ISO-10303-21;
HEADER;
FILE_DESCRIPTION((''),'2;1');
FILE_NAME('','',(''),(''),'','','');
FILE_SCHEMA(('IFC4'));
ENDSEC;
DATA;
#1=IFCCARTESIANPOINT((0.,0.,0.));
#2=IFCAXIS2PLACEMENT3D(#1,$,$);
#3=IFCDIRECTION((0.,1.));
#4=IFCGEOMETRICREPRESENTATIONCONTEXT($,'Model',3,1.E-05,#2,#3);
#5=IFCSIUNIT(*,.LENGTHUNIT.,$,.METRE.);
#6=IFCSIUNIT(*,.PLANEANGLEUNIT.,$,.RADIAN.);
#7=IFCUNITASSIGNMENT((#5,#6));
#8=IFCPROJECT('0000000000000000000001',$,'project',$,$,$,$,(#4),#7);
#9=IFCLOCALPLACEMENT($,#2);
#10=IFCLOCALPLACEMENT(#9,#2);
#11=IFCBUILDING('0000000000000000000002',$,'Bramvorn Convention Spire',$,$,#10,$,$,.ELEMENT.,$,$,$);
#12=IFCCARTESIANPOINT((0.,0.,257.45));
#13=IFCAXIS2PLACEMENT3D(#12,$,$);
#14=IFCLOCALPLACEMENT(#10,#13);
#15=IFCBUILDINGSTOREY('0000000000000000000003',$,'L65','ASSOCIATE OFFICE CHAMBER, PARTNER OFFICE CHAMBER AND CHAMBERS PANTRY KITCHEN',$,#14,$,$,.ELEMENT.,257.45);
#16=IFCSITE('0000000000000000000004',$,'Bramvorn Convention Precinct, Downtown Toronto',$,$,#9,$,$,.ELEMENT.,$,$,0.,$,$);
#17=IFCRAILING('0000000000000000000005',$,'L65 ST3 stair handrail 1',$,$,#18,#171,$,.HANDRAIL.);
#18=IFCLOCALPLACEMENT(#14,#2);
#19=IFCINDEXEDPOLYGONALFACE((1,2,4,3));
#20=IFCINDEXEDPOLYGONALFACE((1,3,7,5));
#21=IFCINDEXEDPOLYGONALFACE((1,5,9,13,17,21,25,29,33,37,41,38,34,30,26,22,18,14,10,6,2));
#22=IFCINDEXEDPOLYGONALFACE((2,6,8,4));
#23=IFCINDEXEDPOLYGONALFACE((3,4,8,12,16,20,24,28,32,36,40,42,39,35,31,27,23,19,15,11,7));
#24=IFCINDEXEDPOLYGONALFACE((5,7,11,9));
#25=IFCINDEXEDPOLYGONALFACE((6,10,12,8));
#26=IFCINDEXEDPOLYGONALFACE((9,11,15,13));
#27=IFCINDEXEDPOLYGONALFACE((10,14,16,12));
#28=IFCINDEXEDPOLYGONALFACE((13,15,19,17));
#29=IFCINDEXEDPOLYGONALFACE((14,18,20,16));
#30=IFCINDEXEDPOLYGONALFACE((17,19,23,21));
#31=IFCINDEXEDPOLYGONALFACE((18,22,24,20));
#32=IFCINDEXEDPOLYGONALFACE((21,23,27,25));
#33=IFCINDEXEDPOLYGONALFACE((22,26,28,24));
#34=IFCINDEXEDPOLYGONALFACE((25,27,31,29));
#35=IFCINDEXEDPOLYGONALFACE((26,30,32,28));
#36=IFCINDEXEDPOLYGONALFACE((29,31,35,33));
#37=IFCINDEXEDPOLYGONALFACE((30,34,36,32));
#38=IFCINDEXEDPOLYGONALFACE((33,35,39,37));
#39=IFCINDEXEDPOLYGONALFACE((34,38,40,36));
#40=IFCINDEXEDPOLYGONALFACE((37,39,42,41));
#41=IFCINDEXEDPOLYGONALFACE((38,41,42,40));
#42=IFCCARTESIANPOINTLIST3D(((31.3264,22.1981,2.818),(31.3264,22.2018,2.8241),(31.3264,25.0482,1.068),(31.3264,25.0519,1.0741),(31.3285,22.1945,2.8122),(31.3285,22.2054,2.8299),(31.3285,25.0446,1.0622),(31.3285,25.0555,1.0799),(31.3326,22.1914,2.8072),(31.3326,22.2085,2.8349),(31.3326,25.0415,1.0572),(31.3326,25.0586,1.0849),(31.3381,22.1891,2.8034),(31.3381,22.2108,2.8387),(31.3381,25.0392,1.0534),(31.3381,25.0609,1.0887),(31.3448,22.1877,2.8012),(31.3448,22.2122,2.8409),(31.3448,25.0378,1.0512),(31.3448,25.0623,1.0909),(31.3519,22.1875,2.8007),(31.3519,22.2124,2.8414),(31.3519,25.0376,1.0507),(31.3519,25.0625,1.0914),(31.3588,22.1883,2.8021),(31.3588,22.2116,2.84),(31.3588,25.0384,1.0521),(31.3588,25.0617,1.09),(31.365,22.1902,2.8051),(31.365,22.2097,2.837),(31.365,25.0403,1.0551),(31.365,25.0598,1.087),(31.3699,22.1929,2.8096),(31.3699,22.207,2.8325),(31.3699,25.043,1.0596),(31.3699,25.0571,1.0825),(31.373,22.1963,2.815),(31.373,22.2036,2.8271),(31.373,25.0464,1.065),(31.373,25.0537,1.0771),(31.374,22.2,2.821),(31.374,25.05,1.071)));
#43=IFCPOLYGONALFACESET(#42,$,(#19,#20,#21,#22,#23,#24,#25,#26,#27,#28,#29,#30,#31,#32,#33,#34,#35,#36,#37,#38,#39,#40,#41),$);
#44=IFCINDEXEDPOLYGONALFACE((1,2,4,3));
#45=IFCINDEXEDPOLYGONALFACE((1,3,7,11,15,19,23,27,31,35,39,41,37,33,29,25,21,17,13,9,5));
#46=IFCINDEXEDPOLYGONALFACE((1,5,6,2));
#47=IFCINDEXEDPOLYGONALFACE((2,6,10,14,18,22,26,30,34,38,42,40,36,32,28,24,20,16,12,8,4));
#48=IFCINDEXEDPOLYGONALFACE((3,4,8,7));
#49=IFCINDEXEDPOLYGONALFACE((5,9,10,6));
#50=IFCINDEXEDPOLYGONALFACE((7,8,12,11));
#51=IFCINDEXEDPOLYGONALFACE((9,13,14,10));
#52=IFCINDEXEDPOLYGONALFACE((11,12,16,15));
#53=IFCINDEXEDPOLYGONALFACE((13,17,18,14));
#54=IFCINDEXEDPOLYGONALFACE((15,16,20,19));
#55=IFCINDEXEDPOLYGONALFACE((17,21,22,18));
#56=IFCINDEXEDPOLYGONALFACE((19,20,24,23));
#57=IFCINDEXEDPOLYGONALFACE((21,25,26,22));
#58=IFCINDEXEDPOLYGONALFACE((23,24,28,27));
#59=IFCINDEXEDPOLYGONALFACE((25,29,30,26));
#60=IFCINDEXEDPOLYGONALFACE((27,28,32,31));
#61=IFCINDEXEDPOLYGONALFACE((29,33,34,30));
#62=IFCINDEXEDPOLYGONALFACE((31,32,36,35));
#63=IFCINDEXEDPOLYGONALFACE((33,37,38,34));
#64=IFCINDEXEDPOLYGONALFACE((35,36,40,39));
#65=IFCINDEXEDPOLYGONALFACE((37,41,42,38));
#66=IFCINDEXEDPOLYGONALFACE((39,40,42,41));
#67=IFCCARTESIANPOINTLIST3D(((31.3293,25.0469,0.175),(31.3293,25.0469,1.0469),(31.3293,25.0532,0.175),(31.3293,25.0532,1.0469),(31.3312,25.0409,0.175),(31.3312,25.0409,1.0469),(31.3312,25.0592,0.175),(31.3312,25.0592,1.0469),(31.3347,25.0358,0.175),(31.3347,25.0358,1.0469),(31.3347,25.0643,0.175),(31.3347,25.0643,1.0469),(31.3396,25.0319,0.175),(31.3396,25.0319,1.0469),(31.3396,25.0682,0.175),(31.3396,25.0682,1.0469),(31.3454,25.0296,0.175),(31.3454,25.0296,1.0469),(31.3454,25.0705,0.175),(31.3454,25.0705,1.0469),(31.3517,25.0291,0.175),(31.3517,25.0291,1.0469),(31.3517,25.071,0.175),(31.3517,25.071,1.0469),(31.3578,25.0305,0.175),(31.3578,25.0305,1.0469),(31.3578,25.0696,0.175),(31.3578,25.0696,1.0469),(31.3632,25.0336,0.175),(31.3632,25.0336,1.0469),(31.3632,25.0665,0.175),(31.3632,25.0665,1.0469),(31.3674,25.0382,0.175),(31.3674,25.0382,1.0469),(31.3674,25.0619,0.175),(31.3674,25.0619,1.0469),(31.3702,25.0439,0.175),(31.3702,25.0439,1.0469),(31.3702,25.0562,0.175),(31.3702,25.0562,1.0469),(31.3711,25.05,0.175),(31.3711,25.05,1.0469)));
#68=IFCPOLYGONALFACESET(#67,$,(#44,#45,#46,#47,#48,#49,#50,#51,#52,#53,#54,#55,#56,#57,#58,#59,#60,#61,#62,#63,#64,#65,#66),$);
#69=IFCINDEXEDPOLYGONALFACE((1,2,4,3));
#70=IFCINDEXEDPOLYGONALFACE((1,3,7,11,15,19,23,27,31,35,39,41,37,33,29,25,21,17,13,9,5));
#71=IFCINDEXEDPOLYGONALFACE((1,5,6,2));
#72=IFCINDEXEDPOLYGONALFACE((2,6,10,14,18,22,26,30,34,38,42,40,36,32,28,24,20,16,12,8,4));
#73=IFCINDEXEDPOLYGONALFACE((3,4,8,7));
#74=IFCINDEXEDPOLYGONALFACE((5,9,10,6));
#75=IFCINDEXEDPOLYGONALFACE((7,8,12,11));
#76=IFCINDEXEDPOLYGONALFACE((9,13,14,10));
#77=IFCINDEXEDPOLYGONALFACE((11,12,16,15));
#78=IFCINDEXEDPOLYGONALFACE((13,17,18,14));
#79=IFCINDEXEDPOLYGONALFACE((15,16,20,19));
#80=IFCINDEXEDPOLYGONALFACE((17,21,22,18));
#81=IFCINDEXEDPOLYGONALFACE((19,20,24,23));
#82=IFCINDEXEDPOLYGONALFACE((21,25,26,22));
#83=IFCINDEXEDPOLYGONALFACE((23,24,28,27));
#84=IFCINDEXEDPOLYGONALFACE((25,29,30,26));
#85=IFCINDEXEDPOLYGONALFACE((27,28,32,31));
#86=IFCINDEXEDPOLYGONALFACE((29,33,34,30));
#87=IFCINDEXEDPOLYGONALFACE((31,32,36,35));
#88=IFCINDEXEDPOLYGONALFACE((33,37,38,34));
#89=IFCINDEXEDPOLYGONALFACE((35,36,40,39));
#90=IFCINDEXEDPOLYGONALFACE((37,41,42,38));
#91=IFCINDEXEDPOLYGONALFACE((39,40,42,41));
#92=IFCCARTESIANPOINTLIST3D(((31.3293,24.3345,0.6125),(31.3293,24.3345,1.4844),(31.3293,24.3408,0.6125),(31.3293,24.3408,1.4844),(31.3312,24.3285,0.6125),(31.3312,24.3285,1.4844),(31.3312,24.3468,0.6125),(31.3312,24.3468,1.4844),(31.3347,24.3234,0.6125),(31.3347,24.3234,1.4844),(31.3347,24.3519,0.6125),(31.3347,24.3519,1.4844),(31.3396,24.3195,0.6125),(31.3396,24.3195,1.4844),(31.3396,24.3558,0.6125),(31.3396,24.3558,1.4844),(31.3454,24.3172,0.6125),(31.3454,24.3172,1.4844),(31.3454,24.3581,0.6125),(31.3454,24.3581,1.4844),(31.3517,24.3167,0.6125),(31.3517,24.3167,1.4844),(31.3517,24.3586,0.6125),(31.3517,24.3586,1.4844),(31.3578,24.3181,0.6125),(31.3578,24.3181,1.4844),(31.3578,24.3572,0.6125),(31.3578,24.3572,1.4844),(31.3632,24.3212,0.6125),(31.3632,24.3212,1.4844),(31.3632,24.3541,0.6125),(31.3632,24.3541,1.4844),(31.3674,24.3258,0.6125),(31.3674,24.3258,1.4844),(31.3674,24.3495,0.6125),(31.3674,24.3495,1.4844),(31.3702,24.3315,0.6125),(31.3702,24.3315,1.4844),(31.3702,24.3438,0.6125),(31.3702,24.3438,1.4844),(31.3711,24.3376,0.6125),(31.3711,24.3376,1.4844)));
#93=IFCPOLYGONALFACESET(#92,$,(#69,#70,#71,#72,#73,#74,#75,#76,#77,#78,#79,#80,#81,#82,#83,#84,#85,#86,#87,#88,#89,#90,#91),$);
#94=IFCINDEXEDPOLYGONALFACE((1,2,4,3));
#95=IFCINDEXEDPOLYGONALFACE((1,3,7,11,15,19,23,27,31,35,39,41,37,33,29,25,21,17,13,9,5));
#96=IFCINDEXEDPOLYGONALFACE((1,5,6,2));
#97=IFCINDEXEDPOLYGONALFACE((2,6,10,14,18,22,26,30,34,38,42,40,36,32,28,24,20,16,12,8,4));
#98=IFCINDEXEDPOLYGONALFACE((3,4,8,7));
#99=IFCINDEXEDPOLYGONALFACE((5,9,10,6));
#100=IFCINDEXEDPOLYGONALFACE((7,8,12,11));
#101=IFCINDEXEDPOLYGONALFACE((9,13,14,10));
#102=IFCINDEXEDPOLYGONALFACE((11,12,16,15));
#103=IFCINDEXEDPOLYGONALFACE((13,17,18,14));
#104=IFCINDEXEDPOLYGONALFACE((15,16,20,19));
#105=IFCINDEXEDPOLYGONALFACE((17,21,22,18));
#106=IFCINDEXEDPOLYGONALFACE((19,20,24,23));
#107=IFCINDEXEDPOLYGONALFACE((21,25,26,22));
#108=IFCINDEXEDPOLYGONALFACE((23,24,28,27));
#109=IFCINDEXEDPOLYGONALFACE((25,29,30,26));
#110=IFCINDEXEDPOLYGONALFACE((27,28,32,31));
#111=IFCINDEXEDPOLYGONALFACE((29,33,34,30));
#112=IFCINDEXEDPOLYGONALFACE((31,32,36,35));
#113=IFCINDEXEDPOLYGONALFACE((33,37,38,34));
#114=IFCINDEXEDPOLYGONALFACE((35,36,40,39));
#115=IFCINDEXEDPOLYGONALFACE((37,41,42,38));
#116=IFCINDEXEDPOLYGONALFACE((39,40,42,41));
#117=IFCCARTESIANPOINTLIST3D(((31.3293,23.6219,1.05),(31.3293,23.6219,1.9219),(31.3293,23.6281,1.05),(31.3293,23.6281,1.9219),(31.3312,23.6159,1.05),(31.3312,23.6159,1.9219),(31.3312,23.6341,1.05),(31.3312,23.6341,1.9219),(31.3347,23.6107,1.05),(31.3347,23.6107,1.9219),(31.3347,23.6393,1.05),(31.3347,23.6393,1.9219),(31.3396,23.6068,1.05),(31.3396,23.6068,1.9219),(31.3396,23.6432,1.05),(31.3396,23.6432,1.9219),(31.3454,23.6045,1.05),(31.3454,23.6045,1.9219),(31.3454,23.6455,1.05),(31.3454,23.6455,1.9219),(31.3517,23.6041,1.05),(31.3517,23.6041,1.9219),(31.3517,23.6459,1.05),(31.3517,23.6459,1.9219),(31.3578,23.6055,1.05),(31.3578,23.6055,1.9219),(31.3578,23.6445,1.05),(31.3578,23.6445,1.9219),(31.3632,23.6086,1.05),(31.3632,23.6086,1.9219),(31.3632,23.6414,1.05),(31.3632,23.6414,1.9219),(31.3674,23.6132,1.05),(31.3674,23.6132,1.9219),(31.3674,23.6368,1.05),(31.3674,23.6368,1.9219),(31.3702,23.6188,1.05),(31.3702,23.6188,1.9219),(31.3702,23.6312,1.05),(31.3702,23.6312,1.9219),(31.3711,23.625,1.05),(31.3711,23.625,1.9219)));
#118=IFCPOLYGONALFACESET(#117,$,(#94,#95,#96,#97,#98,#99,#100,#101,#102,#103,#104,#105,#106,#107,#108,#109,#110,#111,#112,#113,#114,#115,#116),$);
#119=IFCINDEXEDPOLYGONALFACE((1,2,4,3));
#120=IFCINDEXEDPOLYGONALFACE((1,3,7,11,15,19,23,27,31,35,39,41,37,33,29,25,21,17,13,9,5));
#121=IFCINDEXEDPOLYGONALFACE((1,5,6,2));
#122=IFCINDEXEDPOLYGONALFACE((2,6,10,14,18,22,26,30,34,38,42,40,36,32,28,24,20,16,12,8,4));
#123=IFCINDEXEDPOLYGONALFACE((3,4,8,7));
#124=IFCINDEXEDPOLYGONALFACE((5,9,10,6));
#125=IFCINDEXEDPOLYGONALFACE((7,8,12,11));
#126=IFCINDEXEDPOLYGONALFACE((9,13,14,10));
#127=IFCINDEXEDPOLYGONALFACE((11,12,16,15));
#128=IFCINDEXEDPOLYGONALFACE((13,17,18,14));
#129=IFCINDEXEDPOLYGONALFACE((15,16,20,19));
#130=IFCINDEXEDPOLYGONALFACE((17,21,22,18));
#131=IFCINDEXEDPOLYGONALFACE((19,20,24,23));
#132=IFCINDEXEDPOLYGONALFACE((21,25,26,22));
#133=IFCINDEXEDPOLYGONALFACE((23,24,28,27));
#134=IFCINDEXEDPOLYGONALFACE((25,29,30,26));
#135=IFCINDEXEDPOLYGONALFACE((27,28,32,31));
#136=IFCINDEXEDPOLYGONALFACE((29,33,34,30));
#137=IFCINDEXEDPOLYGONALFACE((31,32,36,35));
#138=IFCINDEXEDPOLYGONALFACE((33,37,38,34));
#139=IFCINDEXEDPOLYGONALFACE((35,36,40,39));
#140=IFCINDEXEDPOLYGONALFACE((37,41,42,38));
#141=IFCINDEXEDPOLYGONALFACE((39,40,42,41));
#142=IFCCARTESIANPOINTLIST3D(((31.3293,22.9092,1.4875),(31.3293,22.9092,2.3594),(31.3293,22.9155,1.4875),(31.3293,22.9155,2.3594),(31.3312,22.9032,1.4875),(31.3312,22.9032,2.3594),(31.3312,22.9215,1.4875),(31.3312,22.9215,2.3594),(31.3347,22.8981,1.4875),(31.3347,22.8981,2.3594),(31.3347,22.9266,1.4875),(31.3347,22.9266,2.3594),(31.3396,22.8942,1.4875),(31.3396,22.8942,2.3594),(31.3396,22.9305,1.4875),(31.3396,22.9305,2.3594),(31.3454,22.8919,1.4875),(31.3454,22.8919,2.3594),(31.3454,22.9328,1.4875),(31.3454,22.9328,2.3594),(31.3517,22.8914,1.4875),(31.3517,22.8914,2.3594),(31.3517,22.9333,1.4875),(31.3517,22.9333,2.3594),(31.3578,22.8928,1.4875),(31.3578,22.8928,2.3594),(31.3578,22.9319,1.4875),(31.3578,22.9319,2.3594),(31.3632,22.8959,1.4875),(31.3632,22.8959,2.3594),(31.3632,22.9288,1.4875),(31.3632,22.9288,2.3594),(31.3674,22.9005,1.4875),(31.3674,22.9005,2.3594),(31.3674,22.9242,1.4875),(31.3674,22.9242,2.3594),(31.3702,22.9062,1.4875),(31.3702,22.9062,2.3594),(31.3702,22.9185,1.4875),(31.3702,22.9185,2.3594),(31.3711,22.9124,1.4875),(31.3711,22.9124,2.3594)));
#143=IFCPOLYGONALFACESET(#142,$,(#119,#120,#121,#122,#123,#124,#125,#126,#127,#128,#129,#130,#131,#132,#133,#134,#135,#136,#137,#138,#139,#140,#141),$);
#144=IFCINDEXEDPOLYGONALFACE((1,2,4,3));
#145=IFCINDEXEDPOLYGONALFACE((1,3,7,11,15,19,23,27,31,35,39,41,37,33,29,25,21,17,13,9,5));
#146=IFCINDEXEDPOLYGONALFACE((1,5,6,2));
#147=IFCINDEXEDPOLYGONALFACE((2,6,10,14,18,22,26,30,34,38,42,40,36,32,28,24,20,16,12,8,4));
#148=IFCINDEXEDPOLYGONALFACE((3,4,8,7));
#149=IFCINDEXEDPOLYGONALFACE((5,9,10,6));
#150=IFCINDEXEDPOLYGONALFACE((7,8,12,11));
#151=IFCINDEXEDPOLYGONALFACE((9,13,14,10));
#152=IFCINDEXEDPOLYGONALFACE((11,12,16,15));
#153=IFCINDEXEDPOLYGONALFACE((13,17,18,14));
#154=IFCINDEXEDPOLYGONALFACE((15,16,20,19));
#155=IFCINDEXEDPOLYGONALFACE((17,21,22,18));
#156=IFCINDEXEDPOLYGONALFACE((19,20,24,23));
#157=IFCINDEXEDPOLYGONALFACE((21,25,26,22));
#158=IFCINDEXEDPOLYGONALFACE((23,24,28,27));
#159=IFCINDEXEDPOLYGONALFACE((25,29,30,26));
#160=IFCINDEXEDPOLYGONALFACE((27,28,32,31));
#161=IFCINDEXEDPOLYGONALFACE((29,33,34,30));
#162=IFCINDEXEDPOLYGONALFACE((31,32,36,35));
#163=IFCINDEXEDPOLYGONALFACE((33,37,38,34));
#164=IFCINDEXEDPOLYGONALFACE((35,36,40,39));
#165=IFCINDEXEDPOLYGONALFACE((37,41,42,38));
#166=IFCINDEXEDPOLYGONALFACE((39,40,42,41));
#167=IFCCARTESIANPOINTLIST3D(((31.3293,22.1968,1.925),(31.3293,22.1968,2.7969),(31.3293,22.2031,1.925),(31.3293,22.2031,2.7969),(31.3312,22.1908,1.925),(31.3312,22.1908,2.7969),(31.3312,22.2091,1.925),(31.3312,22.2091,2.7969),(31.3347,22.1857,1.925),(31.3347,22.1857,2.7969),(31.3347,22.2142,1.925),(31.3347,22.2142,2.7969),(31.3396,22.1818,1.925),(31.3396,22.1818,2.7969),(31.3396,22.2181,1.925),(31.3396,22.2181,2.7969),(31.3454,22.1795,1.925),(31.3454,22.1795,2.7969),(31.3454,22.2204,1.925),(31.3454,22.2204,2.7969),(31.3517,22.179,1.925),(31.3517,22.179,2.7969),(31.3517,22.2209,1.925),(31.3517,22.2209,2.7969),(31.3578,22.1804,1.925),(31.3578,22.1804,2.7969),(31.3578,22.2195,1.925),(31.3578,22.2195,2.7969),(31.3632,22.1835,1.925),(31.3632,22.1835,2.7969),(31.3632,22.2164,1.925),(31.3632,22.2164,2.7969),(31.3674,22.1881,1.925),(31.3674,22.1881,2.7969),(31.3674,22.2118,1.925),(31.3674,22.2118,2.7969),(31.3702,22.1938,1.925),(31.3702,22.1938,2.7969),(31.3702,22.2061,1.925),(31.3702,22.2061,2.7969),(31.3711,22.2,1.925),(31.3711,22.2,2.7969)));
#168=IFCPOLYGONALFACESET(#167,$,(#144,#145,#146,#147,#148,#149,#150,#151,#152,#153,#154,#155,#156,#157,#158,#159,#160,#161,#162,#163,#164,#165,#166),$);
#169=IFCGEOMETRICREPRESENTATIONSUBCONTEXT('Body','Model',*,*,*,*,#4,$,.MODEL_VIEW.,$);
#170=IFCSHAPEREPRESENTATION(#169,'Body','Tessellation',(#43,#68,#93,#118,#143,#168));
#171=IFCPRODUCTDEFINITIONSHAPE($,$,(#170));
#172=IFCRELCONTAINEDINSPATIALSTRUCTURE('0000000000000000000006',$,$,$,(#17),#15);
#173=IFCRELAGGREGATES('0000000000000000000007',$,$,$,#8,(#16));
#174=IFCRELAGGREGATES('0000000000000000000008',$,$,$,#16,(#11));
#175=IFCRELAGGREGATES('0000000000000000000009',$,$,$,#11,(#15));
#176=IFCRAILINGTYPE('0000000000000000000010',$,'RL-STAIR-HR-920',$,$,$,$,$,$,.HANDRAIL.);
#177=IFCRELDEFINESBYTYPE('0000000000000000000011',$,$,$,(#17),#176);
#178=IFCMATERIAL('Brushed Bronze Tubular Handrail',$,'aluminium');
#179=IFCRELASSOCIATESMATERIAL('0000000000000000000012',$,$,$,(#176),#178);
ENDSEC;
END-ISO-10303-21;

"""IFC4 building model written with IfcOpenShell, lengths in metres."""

from ifc_helpers import new_model, si_unit, direction, frame, origin, origin_2d, place, context, subcontext, project, spatial, circle, extrude, material, type_object, element, save


model = new_model("IFC4")

# Units and contexts
model_context = context("Model", 3, precision=1e-05, world=origin(), true_north=direction((0.0, 1.0)))
body_context = subcontext(model_context, "Body", "Model", "MODEL_VIEW")
ifc_project = project(units=[si_unit("LENGTHUNIT", "METRE"), si_unit("PLANEANGLEUNIT", "RADIAN")], contexts=[model_context])

# Site, building, storey
site_placement = place(None, origin())
site = spatial("IfcSite", under=ifc_project, at=site_placement, Name="Bramvorn Convention Precinct, Downtown Toronto", CompositionType="ELEMENT", RefElevation=0.0)
building_placement = place(site_placement, origin())
building = spatial("IfcBuilding", under=site, at=building_placement, Name="Bramvorn Convention Spire", CompositionType="ELEMENT")
storey_placement = place(building_placement, frame((0.0, 0.0, 257.45)))
storey = spatial("IfcBuildingStorey", under=building, at=storey_placement, Name="L65", Description="ASSOCIATE OFFICE CHAMBER, PARTNER OFFICE CHAMBER AND CHAMBERS PANTRY KITCHEN", CompositionType="ELEMENT", Elevation=257.45)

# Railing
ifc_material_1 = material(Name="Brushed Bronze Tubular Handrail", Category="aluminium")
railing_type_1 = type_object("IfcRailingType", Name="RL-STAIR-HR-920", PredefinedType="HANDRAIL", material=ifc_material_1)
railing_1_placement = place(storey_placement, frame((31.3501, 25.05, 0.175)))
element("IfcRailing", 1, at=railing_1_placement, inside=storey, type_object=railing_type_1, Name="L65 ST3 stair handrail 1", PredefinedType="HANDRAIL", context=body_context, shape_type="SweptSolid", body=[
    extrude(circle(Radius=0.0239, at=origin_2d()), frame((0.0, 0.0, 0.896), z_axis=(0.0, -0.852179, 0.52325), x_axis=(1.0, 0.0, 0.0)), (0.0, 0.0, 1.0), 3.3445),
    extrude(circle(Radius=0.021, at=origin_2d()), origin(), (0.0, 0.0, 1.0), 0.8718),
    extrude(circle(Radius=0.021, at=origin_2d()), frame((0.0, -0.7124, 0.4375)), (0.0, 0.0, 1.0), 0.8718),
    extrude(circle(Radius=0.021, at=origin_2d()), frame((0.0, -1.425, 0.875)), (0.0, 0.0, 1.0), 0.8718),
    extrude(circle(Radius=0.021, at=origin_2d()), frame((0.0, -2.1377, 1.3125)), (0.0, 0.0, 1.0), 0.8718),
    extrude(circle(Radius=0.021, at=origin_2d()), frame((0.0, -2.8501, 1.75)), (0.0, 0.0, 1.0), 0.8718),
])

save(model, "model.ifc")
